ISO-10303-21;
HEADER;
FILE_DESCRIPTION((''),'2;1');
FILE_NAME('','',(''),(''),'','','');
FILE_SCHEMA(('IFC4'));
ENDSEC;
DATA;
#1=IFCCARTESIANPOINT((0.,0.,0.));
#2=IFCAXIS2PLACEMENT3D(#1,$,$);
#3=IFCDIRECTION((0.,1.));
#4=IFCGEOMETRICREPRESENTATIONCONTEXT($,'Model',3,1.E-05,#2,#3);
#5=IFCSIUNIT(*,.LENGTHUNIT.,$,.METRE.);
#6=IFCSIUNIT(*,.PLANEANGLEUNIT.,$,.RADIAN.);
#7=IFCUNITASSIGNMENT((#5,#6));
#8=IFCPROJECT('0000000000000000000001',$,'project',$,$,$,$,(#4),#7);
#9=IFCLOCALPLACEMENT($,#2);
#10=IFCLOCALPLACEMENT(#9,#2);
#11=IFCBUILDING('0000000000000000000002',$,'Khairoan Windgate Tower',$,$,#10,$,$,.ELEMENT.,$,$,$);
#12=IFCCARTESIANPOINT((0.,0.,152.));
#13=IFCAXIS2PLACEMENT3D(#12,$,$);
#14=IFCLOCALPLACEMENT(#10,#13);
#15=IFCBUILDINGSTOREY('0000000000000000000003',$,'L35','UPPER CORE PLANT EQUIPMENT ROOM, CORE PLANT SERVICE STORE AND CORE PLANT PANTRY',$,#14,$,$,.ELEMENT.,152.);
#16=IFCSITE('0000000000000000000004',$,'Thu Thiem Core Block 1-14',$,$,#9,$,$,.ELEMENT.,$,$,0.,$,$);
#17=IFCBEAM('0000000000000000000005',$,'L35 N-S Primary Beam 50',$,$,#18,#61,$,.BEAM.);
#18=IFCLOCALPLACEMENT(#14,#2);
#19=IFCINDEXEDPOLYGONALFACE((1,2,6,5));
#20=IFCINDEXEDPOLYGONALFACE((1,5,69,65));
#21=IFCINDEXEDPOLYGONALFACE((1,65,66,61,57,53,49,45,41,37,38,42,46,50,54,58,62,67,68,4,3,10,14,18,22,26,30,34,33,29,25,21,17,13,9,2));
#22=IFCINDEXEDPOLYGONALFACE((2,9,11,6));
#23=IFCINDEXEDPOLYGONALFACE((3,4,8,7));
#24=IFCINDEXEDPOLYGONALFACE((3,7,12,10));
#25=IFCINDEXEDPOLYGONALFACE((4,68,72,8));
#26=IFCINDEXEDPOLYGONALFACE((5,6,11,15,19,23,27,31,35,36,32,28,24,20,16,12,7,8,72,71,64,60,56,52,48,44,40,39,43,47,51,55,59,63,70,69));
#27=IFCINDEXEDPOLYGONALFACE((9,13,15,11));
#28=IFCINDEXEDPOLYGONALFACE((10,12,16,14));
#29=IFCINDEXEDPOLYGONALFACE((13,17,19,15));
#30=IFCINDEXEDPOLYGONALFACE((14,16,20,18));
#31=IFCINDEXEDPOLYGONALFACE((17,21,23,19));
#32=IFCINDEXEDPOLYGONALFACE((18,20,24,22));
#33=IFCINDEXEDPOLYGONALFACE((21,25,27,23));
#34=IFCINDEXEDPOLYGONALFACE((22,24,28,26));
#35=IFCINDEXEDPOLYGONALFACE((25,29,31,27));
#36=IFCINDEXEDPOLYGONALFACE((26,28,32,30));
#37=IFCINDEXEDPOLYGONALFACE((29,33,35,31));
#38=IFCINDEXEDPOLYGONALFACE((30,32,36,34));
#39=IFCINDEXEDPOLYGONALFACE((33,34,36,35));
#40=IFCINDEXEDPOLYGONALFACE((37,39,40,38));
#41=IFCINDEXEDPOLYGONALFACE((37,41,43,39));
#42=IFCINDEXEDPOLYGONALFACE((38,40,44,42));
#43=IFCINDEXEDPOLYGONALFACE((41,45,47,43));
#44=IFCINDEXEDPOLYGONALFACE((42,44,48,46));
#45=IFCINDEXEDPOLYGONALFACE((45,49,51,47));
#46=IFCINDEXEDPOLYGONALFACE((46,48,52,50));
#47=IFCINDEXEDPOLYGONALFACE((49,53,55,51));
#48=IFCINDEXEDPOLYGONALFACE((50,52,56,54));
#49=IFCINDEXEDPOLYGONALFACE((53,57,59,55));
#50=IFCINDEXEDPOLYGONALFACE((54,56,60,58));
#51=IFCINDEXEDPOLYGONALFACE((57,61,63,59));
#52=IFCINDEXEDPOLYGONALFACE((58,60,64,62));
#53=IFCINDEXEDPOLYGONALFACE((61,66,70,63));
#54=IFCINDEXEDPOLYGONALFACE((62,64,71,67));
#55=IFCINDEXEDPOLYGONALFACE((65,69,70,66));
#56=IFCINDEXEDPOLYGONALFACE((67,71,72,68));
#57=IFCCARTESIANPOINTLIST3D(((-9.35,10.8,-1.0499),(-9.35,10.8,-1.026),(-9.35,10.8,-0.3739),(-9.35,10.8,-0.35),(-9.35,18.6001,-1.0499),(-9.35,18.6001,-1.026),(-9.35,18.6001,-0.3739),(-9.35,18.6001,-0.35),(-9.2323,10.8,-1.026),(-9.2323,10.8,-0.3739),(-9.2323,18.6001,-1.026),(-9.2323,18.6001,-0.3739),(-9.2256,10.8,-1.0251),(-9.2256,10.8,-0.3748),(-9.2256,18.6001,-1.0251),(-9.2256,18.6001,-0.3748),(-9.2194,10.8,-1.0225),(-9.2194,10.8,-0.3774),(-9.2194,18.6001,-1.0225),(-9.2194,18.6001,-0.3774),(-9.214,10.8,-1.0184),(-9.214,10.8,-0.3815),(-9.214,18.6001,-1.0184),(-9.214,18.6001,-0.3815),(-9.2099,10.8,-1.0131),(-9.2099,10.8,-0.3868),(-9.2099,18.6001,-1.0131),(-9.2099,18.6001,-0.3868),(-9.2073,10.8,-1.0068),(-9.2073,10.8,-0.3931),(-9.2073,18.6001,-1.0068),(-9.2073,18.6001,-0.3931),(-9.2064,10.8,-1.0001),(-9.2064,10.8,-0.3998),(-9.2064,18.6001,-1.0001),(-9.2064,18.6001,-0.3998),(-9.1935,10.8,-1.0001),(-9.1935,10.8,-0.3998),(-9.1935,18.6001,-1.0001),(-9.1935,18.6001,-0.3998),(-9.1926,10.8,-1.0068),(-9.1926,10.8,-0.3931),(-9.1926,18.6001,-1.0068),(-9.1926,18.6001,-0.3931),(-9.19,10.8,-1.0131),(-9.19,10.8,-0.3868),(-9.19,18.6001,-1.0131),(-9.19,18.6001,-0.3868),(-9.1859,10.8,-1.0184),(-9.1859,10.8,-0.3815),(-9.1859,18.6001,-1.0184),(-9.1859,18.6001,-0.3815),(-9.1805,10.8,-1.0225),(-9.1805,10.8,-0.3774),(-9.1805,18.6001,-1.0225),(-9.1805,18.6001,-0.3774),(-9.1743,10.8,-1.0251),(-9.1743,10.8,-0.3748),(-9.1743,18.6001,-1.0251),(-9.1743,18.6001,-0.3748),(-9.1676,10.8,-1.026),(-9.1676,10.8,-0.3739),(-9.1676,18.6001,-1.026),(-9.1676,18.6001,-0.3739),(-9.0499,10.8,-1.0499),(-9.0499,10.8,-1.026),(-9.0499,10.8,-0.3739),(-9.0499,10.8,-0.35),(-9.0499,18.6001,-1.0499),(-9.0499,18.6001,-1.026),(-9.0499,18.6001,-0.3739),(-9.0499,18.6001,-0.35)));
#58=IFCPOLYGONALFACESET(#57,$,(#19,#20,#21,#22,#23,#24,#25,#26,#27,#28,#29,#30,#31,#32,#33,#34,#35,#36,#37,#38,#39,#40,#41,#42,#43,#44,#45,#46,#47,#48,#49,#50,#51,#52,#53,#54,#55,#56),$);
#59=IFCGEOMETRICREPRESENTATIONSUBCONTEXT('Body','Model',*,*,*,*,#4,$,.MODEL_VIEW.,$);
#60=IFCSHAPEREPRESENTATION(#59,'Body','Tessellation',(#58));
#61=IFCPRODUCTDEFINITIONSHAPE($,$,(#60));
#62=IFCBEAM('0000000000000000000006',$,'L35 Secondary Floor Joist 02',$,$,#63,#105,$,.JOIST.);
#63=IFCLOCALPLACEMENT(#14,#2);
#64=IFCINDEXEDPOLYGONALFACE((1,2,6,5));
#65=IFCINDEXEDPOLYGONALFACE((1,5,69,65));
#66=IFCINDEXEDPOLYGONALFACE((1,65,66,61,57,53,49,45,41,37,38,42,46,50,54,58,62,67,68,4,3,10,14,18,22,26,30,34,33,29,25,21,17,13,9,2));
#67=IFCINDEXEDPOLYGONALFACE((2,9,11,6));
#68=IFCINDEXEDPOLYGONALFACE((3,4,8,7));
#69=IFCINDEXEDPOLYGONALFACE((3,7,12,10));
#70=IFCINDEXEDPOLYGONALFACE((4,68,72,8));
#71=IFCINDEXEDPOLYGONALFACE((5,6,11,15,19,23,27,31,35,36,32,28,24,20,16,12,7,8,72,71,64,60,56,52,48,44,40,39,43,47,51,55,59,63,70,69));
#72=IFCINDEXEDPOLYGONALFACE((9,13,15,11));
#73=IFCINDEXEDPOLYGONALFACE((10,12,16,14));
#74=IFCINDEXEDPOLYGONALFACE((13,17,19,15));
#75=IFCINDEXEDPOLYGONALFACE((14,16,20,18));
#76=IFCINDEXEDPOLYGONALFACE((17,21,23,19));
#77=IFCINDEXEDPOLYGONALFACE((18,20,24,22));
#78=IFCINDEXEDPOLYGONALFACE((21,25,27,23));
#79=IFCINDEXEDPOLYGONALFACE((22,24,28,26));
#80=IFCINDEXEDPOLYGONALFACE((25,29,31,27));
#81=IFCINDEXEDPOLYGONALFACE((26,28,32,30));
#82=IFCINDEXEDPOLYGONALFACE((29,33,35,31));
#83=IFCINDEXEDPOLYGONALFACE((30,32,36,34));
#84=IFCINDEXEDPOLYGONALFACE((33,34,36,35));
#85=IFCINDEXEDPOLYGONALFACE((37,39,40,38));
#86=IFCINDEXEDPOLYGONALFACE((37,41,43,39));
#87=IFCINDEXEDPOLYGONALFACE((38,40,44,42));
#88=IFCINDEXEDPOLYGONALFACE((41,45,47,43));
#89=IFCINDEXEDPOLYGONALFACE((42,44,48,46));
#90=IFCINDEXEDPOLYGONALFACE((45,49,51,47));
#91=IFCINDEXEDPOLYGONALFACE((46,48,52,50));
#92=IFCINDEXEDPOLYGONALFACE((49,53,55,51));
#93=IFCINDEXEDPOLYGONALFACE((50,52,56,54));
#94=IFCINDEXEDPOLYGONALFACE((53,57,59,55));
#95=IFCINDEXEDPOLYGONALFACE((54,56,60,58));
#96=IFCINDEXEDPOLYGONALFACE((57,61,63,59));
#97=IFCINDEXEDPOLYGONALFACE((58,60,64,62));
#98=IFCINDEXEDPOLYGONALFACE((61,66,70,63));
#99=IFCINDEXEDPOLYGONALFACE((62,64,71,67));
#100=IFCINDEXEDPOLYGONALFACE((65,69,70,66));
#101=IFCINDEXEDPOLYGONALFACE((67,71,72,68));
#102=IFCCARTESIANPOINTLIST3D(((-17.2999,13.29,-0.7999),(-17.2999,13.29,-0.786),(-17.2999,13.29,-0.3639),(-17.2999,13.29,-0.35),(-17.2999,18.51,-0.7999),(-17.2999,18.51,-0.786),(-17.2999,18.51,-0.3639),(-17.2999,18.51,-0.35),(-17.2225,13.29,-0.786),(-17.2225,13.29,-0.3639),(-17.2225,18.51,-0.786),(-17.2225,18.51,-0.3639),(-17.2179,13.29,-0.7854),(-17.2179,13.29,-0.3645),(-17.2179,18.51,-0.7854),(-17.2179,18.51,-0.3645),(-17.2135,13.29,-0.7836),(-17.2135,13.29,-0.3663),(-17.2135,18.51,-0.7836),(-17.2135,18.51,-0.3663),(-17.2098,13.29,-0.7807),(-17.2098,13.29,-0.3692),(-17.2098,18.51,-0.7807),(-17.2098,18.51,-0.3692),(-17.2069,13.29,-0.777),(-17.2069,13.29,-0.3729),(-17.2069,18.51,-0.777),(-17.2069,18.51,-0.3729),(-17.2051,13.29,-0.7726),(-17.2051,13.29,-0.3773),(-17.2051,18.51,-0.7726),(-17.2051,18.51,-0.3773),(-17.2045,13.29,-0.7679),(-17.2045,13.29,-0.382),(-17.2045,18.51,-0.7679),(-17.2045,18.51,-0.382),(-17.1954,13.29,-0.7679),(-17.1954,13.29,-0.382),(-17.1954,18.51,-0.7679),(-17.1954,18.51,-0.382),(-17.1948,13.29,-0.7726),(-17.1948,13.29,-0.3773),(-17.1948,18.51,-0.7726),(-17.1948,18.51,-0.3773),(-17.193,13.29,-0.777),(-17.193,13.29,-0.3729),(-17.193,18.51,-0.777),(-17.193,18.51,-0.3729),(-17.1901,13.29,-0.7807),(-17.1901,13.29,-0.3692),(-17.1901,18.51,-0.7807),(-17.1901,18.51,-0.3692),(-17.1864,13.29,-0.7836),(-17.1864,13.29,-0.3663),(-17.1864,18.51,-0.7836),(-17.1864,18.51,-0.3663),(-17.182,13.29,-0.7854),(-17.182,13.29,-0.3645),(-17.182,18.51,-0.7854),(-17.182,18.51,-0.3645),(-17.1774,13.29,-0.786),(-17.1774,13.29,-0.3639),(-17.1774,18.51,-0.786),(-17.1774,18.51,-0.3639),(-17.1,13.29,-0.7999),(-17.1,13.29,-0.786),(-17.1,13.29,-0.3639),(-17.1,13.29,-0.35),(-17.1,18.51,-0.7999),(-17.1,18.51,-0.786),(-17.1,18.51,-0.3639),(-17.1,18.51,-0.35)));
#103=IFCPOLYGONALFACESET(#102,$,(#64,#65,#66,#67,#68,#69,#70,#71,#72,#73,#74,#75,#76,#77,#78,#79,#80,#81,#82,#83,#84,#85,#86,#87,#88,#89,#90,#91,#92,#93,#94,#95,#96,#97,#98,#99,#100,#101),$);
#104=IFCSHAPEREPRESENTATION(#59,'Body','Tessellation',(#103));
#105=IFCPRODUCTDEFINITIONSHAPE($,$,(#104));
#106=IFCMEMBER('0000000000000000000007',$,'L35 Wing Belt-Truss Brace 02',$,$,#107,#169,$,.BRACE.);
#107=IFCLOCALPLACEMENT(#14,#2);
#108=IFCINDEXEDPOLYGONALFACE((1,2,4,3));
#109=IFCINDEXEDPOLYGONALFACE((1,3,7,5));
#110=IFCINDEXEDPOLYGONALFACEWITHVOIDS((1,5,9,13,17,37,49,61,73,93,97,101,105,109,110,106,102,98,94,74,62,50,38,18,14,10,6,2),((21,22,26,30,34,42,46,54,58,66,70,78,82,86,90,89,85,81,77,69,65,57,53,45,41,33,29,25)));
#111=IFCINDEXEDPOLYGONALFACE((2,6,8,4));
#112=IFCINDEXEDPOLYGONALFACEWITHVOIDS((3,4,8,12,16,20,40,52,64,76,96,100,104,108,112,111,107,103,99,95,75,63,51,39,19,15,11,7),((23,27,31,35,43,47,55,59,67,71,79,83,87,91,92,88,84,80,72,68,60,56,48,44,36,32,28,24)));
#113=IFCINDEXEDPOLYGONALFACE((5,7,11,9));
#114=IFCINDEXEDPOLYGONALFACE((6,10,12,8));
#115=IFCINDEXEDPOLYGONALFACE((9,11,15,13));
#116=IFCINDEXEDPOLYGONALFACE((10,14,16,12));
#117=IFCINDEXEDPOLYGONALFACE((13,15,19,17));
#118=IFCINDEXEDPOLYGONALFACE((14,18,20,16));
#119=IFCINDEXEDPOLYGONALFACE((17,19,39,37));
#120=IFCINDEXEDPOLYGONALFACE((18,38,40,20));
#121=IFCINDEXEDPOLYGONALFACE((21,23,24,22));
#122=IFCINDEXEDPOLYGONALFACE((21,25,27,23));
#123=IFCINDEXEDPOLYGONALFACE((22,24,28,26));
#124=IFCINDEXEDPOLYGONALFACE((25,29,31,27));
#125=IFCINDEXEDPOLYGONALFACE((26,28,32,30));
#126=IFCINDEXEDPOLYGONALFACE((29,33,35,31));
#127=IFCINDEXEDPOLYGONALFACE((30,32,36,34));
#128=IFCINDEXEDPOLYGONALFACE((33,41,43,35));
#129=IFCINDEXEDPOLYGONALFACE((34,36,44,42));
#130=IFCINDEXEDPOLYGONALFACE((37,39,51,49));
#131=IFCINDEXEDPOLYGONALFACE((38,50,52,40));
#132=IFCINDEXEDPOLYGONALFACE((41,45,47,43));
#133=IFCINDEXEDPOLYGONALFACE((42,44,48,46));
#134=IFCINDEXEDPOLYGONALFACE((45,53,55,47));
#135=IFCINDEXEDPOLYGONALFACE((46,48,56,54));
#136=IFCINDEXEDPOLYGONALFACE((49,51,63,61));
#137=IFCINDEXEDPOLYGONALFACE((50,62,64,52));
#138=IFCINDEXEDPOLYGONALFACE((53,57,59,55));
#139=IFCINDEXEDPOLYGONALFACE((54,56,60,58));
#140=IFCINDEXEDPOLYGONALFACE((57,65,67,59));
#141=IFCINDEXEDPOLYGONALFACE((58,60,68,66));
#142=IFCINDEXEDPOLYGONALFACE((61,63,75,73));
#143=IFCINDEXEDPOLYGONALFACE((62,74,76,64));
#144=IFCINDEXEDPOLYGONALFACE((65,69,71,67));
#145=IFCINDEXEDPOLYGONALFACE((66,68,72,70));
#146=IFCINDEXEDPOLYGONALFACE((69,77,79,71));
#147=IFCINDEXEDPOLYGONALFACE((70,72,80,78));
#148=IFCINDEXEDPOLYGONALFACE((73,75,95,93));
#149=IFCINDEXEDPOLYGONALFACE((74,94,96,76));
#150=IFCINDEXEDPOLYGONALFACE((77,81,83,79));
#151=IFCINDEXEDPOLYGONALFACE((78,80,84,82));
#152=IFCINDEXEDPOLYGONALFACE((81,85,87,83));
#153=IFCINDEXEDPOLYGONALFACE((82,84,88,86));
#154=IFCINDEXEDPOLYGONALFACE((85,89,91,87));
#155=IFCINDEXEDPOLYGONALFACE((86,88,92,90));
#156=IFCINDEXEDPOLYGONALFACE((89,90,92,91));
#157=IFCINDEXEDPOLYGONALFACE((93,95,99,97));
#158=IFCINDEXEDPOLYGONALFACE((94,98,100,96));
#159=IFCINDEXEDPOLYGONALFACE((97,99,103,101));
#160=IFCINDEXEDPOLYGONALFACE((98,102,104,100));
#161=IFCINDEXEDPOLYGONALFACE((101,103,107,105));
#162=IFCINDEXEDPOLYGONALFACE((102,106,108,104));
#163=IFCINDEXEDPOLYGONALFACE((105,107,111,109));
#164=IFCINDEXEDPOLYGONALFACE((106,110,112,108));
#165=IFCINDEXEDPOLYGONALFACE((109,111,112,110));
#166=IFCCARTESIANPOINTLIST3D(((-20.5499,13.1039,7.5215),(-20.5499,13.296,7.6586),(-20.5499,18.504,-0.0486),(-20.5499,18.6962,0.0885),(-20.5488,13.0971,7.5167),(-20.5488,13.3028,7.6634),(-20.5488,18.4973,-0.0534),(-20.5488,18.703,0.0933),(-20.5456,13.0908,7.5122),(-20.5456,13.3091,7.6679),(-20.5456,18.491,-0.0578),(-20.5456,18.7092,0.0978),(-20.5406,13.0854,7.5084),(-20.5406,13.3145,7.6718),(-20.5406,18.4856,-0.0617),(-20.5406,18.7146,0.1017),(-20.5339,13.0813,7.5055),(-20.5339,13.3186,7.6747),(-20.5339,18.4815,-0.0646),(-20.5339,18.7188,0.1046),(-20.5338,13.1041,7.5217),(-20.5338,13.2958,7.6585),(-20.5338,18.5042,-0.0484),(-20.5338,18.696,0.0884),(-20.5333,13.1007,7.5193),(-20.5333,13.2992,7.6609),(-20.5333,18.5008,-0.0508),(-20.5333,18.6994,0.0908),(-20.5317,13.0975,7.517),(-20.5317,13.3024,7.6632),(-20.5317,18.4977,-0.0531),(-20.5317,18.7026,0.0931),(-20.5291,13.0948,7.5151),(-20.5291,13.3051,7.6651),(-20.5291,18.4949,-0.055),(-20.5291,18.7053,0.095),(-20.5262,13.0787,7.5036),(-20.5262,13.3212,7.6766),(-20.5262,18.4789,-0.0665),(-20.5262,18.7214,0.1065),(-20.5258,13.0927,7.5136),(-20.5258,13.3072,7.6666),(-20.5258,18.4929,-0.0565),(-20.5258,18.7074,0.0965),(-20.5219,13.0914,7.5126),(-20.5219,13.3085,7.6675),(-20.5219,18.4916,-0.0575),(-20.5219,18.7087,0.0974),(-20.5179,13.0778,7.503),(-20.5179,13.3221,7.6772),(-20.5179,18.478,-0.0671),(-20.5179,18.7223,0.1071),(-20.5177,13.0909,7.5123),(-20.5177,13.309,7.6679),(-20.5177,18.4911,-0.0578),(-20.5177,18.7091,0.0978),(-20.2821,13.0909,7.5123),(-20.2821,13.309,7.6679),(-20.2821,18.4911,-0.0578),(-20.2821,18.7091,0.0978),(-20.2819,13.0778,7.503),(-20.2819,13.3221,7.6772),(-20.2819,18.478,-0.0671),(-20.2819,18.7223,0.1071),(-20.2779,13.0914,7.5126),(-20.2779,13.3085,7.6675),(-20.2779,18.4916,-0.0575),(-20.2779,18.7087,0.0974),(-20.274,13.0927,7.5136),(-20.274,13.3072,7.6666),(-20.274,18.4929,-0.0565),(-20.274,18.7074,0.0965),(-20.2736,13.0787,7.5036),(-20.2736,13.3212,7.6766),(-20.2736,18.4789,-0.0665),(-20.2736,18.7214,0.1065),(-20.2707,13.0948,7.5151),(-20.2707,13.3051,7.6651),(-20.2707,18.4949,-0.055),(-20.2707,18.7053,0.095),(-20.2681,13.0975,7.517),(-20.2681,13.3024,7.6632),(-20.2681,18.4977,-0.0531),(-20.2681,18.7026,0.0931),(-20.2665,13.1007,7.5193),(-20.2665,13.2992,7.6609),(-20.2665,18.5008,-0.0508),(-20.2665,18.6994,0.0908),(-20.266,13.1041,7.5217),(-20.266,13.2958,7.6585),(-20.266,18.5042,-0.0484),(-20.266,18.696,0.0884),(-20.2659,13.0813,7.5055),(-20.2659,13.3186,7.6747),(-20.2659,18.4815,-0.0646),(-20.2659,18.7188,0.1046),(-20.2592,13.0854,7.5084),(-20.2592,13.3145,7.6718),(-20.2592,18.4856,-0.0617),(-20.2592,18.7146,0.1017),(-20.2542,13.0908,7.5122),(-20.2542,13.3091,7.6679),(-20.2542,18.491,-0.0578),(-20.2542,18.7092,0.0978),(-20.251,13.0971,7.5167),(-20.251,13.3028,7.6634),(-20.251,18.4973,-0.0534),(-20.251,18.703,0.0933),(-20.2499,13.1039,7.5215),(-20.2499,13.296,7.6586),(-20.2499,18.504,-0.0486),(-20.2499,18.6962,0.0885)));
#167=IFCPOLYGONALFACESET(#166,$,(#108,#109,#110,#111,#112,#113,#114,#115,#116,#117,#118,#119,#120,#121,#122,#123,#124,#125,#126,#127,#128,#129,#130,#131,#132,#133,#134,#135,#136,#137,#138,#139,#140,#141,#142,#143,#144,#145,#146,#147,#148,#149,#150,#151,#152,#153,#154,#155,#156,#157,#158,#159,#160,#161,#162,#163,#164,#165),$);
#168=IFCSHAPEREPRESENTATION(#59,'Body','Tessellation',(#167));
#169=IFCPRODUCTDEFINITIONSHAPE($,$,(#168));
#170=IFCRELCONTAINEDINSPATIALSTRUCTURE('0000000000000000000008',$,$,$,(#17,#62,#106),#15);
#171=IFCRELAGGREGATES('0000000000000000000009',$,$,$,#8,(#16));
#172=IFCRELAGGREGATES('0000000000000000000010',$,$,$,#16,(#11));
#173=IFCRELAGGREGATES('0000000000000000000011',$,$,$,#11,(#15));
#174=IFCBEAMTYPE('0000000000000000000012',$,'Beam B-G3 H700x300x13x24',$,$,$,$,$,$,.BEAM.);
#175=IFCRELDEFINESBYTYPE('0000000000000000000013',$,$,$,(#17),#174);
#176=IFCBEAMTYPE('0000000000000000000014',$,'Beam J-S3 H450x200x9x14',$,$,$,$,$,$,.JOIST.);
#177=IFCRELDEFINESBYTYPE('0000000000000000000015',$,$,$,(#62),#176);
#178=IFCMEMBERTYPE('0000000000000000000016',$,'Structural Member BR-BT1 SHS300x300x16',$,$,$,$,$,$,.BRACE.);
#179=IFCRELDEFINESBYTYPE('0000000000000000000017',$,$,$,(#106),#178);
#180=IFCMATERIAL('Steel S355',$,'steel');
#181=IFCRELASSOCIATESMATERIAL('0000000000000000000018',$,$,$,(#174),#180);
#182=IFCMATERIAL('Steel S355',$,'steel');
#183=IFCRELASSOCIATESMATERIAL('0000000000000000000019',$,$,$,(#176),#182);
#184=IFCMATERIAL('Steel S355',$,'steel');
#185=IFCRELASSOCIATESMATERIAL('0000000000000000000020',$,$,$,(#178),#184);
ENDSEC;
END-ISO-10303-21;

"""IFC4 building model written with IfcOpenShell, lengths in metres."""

from ifc_helpers import new_model, si_unit, direction, frame, origin, origin_2d, place, context, subcontext, project, spatial, hollow_rectangle, i_section, extrude, material, material_profile, profile_set, type_object, element, save


model = new_model("IFC4")

# Units and contexts
model_context = context("Model", 3, precision=1e-05, world=origin(), true_north=direction((0.0, 1.0)))
body_context = subcontext(model_context, "Body", "Model", "MODEL_VIEW")
ifc_project = project(units=[si_unit("LENGTHUNIT", "METRE"), si_unit("PLANEANGLEUNIT", "RADIAN")], contexts=[model_context])

# Site, building, storey
site_placement = place(None, origin())
site = spatial("IfcSite", under=ifc_project, at=site_placement, Name="Thu Thiem Core Block 1-14", CompositionType="ELEMENT", RefElevation=0.0)
building_placement = place(site_placement, origin())
building = spatial("IfcBuilding", under=site, at=building_placement, Name="Khairoan Windgate Tower", CompositionType="ELEMENT")
storey_placement = place(building_placement, frame((0.0, 0.0, 152.0)))
storey = spatial("IfcBuildingStorey", under=building, at=storey_placement, Name="L35", Description="UPPER CORE PLANT EQUIPMENT ROOM, CORE PLANT SERVICE STORE AND CORE PLANT PANTRY", CompositionType="ELEMENT", Elevation=152.0)

# Beams
ifc_material_1 = material(Name="Steel S355", Category="steel")
ifc_material_profile_1 = material_profile(ifc_material_1, i_section(OverallWidth=0.3, OverallDepth=0.7, WebThickness=0.0129, FlangeThickness=0.0239, FilletRadius=0.0259, at=origin_2d()))
ifc_profile_set_1 = profile_set([ifc_material_profile_1], Name="Steel S355")
beam_type_1 = type_object("IfcBeamType", Name="Beam B-G3 H700x300x13x24", PredefinedType="BEAM", material=ifc_profile_set_1)
beam_1_placement = place(storey_placement, frame((-9.2, 10.8, -0.7), z_axis=(0.0, 1.0, 0.0), x_axis=(-1.0, 0.0, 0.0)))
element("IfcBeam", 1, at=beam_1_placement, inside=storey, type_object=beam_type_1, Name="L35 N-S Primary Beam 50", PredefinedType="BEAM", context=body_context, shape_type="SweptSolid", body=[
    extrude(i_section(OverallWidth=0.3, OverallDepth=0.7, WebThickness=0.0129, FlangeThickness=0.0239, FilletRadius=0.0259, at=origin_2d()), origin(), (0.0, 0.0, 1.0), 7.8),
])
ifc_material_2 = material(Name="Steel S355", Category="steel")
ifc_material_profile_2 = material_profile(ifc_material_2, i_section(OverallWidth=0.2, OverallDepth=0.45, WebThickness=0.009, FlangeThickness=0.0139, FilletRadius=0.0181, at=origin_2d()))
ifc_profile_set_2 = profile_set([ifc_material_profile_2], Name="Steel S355")
beam_type_2 = type_object("IfcBeamType", Name="Beam J-S3 H450x200x9x14", PredefinedType="JOIST", material=ifc_profile_set_2)
beam_2_placement = place(storey_placement, frame((-17.2, 13.29, -0.575), z_axis=(0.0, 1.0, 0.0), x_axis=(-1.0, 0.0, 0.0)))
element("IfcBeam", 2, at=beam_2_placement, inside=storey, type_object=beam_type_2, Name="L35 Secondary Floor Joist 02", PredefinedType="JOIST", context=body_context, shape_type="SweptSolid", body=[
    extrude(i_section(OverallWidth=0.2, OverallDepth=0.45, WebThickness=0.009, FlangeThickness=0.0139, FilletRadius=0.0181, at=origin_2d()), origin(), (0.0, 0.0, 1.0), 5.22),
])

# Member
ifc_material_3 = material(Name="Steel S355", Category="steel")
ifc_material_profile_3 = material_profile(ifc_material_3, hollow_rectangle(XDim=0.3, YDim=0.3, WallThickness=0.0161, InnerFilletRadius=0.0161, OuterFilletRadius=0.032, at=origin_2d()))
ifc_profile_set_3 = profile_set([ifc_material_profile_3], Name="Steel S355")
member_type_1 = type_object("IfcMemberType", Name="Structural Member BR-BT1 SHS300x300x16", PredefinedType="BRACE", material=ifc_profile_set_3)
for number, where, z_axis, x_axis, name in (
    (3, (-20.3999, 13.2, 7.5901), (0.0, 0.580736, -0.814092), (0.0, 0.814092, 0.580736), "L35 Wing Belt-Truss Brace 02"),
):
    element("IfcMember", number, at=place(storey_placement, frame(where, z_axis=z_axis, x_axis=x_axis)), inside=storey, type_object=member_type_1, Name=name, PredefinedType="BRACE", context=body_context, shape_type="SweptSolid", body=[
        extrude(hollow_rectangle(XDim=0.3, YDim=0.3, WallThickness=0.0161, InnerFilletRadius=0.0161, OuterFilletRadius=0.032, at=origin_2d()), origin(), (0.0, 0.0, 1.0), 9.2988),
    ])

save(model, "model.ifc")
